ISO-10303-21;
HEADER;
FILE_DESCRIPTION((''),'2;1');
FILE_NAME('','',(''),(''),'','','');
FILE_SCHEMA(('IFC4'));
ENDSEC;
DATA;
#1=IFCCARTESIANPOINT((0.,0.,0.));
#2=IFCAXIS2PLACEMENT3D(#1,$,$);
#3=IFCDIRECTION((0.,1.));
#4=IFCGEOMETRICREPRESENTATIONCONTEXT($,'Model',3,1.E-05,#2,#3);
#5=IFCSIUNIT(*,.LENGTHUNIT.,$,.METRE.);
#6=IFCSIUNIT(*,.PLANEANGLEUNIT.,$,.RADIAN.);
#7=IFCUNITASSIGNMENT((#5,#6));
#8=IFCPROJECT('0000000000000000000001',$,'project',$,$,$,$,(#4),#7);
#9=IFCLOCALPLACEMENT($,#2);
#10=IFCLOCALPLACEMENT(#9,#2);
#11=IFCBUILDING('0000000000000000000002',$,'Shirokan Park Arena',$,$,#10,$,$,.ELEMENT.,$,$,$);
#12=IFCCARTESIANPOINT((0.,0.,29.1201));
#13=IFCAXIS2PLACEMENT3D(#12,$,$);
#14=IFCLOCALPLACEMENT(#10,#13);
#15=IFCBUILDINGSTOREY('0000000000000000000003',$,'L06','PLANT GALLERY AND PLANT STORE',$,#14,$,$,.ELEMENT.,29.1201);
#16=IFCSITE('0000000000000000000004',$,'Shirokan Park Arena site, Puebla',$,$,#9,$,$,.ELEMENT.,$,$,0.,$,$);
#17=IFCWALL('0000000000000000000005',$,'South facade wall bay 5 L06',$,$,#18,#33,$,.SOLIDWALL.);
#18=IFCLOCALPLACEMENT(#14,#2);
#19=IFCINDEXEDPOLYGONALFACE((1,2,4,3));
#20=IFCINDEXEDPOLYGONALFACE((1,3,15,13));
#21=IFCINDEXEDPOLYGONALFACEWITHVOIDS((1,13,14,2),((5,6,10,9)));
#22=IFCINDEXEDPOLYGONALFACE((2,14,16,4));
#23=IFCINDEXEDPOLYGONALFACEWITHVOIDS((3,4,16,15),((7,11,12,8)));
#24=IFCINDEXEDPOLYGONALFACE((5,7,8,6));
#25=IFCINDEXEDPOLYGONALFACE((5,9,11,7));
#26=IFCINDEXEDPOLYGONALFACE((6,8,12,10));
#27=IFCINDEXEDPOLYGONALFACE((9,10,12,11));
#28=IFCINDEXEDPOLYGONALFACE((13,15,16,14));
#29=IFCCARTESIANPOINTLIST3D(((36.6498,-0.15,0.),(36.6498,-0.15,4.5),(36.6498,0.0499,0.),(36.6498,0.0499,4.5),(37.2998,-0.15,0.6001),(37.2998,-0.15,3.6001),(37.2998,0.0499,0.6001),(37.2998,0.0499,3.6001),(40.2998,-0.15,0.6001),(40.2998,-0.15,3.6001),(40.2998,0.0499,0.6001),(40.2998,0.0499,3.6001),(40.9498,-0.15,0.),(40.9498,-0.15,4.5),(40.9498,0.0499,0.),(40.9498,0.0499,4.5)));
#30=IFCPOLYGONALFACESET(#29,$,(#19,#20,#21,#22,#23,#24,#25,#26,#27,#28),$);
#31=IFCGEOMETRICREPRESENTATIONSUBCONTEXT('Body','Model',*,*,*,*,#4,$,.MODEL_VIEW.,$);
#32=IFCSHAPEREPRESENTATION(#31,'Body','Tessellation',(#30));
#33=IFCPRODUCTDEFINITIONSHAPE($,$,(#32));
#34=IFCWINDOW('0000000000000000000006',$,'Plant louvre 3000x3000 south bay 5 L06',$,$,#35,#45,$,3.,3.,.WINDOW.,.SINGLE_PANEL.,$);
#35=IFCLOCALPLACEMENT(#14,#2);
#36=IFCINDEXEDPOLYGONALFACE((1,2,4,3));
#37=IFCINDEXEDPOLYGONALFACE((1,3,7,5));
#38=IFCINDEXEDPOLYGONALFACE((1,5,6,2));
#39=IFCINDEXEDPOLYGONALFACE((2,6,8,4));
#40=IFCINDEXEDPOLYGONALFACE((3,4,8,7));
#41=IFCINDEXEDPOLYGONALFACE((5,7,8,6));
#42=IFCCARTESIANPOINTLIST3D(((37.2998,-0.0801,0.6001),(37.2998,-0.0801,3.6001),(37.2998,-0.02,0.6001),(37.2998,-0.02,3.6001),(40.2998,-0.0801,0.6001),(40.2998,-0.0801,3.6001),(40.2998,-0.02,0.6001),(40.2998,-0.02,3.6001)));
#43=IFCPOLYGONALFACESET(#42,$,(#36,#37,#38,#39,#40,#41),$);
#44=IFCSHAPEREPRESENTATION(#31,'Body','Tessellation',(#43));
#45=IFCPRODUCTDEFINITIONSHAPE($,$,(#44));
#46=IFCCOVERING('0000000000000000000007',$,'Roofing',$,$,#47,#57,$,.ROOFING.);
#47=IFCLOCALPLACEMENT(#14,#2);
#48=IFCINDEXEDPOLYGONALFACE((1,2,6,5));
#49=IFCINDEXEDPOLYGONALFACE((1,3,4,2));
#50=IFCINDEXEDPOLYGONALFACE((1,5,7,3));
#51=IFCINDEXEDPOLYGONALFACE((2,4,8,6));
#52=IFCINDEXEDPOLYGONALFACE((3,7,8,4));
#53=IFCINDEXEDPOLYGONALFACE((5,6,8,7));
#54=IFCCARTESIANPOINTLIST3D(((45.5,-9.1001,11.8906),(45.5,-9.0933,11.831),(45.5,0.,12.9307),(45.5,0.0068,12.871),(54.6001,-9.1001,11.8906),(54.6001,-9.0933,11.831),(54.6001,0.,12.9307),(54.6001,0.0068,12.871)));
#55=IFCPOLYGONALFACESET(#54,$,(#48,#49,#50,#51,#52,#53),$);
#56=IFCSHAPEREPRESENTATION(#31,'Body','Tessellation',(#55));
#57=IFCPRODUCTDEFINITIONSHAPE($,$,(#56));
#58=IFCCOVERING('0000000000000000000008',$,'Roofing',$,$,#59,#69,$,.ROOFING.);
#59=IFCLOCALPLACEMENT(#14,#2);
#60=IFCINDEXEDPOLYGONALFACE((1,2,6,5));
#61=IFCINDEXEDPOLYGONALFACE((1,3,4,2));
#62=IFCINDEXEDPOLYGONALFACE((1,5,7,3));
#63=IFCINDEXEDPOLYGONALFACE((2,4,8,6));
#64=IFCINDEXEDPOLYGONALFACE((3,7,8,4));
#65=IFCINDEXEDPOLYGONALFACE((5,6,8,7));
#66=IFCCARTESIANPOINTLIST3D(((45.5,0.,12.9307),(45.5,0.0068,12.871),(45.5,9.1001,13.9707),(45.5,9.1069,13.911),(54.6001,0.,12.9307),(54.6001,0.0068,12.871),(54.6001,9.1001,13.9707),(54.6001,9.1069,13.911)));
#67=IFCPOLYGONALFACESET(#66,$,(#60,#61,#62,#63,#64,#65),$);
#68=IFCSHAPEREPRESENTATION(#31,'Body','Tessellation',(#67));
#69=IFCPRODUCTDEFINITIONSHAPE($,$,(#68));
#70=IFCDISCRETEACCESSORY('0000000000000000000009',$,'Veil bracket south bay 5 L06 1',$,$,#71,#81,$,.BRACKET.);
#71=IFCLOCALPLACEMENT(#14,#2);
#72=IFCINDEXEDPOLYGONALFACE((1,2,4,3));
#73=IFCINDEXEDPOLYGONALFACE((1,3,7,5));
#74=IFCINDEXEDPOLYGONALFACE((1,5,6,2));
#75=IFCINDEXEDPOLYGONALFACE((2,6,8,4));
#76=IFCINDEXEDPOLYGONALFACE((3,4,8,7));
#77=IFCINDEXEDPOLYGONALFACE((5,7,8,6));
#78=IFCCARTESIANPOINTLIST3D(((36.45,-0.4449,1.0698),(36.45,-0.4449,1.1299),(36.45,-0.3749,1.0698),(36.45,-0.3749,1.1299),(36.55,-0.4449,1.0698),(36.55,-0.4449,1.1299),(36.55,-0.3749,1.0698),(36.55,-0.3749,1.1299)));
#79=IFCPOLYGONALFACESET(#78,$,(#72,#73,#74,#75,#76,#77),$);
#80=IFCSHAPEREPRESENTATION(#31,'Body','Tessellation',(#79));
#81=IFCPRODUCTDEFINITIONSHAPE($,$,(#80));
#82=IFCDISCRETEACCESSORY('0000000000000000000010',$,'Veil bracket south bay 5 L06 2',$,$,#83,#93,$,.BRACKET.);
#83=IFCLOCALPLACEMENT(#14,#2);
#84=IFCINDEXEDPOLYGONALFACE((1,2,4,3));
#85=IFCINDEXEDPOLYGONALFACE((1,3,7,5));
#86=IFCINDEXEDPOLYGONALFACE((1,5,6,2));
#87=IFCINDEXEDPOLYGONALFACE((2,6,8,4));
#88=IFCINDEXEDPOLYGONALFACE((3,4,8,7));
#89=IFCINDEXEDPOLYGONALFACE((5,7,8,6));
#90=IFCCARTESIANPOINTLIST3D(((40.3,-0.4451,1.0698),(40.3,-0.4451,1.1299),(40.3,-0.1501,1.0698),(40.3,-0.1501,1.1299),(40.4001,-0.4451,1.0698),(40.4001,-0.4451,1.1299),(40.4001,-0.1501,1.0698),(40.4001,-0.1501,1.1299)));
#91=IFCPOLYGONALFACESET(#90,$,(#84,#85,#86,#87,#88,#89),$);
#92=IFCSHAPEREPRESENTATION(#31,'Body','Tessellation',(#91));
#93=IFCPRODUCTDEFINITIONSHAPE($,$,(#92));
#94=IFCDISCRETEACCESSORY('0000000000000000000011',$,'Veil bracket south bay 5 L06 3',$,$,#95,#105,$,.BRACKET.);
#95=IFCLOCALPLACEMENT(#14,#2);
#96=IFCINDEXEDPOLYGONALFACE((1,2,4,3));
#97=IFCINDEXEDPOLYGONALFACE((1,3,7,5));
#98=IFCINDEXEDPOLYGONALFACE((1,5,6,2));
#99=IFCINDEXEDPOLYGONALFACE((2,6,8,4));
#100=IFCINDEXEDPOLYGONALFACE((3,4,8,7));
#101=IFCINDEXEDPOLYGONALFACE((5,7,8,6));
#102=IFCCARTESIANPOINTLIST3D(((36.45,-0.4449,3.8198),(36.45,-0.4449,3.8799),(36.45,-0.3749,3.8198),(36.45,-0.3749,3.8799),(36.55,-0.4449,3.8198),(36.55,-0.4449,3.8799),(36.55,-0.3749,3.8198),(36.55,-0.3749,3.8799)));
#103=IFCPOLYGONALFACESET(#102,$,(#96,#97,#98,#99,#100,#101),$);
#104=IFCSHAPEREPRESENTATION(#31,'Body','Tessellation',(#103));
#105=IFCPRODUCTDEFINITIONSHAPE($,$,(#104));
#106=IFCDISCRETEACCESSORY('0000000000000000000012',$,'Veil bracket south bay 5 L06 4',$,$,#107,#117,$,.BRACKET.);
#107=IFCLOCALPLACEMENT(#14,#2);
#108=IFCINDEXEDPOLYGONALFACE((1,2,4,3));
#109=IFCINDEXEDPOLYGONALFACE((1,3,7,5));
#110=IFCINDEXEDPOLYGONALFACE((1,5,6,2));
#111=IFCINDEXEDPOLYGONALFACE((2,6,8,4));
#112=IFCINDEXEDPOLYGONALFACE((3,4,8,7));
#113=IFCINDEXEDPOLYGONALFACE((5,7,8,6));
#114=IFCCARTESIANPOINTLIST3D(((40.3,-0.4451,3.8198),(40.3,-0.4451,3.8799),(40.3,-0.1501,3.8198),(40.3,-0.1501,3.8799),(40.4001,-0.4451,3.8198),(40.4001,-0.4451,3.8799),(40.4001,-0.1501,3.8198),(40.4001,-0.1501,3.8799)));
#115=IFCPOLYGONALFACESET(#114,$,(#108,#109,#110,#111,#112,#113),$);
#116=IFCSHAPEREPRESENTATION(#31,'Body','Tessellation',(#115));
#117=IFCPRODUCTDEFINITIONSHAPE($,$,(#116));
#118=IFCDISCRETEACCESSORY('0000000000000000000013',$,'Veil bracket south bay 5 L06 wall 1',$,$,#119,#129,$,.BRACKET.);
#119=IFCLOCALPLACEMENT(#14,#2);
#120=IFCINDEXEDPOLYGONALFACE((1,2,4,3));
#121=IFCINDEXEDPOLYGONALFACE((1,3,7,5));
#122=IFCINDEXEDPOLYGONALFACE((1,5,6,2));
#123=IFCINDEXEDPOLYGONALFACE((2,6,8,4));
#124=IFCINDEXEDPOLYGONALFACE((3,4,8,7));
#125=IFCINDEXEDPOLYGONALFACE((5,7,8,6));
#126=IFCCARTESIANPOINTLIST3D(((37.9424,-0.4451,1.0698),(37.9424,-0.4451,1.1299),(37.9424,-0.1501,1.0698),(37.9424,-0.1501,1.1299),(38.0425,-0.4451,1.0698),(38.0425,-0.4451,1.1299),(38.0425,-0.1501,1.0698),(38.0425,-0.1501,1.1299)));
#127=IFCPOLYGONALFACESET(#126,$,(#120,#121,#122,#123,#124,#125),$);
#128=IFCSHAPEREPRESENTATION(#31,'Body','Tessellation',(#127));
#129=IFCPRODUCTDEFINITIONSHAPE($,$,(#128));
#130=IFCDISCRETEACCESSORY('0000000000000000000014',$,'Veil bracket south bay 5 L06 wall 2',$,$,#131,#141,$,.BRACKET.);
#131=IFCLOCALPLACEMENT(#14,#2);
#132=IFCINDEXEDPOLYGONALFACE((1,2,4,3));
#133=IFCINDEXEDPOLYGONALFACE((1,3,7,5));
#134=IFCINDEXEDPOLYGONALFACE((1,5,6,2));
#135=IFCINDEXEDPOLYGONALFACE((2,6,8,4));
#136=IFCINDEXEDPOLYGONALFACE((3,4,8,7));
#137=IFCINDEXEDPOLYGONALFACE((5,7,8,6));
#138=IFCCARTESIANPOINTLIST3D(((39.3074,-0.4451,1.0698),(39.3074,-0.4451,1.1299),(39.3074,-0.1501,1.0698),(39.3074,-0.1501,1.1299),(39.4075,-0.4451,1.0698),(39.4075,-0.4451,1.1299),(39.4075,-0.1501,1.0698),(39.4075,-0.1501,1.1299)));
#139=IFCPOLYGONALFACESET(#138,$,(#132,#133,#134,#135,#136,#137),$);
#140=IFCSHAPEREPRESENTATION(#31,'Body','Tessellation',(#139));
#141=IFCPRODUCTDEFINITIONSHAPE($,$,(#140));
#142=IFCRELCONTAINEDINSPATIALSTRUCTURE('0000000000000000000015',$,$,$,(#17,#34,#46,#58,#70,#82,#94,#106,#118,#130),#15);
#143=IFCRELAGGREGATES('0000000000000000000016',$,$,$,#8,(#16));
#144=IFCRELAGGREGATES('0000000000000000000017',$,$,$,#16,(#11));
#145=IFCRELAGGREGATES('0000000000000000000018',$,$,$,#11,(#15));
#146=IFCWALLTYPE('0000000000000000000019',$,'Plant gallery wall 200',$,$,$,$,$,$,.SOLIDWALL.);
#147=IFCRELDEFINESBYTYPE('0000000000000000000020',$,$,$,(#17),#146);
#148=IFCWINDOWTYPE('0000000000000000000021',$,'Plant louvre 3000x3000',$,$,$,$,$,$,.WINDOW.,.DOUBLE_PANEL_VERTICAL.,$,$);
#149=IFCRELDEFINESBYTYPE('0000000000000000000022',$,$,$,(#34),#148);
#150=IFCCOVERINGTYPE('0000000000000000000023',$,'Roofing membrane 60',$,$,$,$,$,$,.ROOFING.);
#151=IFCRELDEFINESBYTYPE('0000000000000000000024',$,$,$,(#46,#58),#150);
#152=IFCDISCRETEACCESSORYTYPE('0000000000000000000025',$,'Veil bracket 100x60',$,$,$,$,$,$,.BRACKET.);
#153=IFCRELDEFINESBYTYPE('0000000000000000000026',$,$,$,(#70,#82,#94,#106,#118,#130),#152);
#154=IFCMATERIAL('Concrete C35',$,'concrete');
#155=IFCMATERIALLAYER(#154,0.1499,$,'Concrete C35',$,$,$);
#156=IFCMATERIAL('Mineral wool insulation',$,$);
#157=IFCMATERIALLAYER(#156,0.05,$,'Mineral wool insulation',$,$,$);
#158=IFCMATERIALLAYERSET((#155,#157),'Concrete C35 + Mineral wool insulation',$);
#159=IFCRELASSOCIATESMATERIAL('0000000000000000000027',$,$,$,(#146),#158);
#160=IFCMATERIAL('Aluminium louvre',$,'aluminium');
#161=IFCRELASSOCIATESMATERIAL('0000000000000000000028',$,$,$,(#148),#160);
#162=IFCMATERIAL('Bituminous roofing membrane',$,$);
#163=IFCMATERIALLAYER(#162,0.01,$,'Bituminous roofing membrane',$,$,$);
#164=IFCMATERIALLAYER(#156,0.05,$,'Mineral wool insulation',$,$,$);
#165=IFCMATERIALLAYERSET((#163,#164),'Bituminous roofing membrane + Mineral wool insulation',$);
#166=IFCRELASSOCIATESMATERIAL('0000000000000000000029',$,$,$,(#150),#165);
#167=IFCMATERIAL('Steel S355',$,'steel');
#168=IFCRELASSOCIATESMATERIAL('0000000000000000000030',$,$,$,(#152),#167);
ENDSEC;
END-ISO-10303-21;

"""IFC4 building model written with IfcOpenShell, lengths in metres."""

from ifc_helpers import new_model, si_unit, direction, frame, frame_2d, origin, origin_2d, place, context, subcontext, project, spatial, polyline, rectangle, outline, extrude, material, layer, layer_set, type_object, element, fill, save


model = new_model("IFC4")

# Units and contexts
model_context = context("Model", 3, precision=1e-05, world=origin(), true_north=direction((0.0, 1.0)))
body_context = subcontext(model_context, "Body", "Model", "MODEL_VIEW")
ifc_project = project(units=[si_unit("LENGTHUNIT", "METRE"), si_unit("PLANEANGLEUNIT", "RADIAN")], contexts=[model_context])

# Site, building, storey
site_placement = place(None, origin())
site = spatial("IfcSite", under=ifc_project, at=site_placement, Name="Shirokan Park Arena site, Puebla", CompositionType="ELEMENT", RefElevation=0.0)
building_placement = place(site_placement, origin())
building = spatial("IfcBuilding", under=site, at=building_placement, Name="Shirokan Park Arena", CompositionType="ELEMENT")
storey_placement = place(building_placement, frame((0.0, 0.0, 29.1201)))
storey = spatial("IfcBuildingStorey", under=building, at=storey_placement, Name="L06", Description="PLANT GALLERY AND PLANT STORE", CompositionType="ELEMENT", Elevation=29.1201)

# Shared definitions
ifc_material_1 = material(Name="Concrete C35", Category="concrete")

# Wall, opening, window
ifc_layer_1 = layer(ifc_material_1, 0.1499, Name="Concrete C35")
ifc_material_2 = material(Name="Mineral wool insulation")
ifc_layer_2 = layer(ifc_material_2, 0.05, Name="Mineral wool insulation")
ifc_layer_set_1 = layer_set([ifc_layer_1, ifc_layer_2], Name="Concrete C35 + Mineral wool insulation")
wall_type = type_object("IfcWallType", Name="Plant gallery wall 200", PredefinedType="SOLIDWALL", material=ifc_layer_set_1)
wall_placement = place(storey_placement, frame((36.6499, -0.05, 0.0), z_axis=(0.0, 0.0, 1.0), x_axis=(1.0, 0.0, 0.0)))
wall = element("IfcWall", 1, at=wall_placement, inside=storey, type_object=wall_type, Name="South facade wall bay 5 L06", PredefinedType="SOLIDWALL", context=body_context, shape_type="SweptSolid", body=[
    extrude(rectangle(XDim=4.3, YDim=0.2, at=frame_2d((2.1499, 0.0))), origin(), (0.0, 0.0, 1.0), 4.5),
])
opening_placement = place(wall_placement, frame((0.6499, 0.0, 0.6001)))
opening = element("IfcOpeningElement", 2, at=opening_placement, cuts=wall, PredefinedType="OPENING", context=body_context, shape_type="SweptSolid", body=[
    extrude(rectangle(XDim=3.0, YDim=3.0, at=frame_2d((1.5, 1.5))), frame((0.0, 0.1099, 0.0), z_axis=(0.0, -1.0, 0.0), x_axis=(1.0, 0.0, 0.0)), (0.0, 0.0, 1.0), 0.22),
])
ifc_material_3 = material(Name="Aluminium louvre", Category="aluminium")
window_type = type_object("IfcWindowType", Name="Plant louvre 3000x3000", PartitioningType="DOUBLE_PANEL_VERTICAL", PredefinedType="WINDOW", material=ifc_material_3)
window_placement = place(opening_placement, origin())
window = element("IfcWindow", 3, at=window_placement, inside=storey, type_object=window_type, Name="Plant louvre 3000x3000 south bay 5 L06", OverallHeight=3.0, OverallWidth=3.0, PartitioningType="SINGLE_PANEL", PredefinedType="WINDOW", context=body_context, shape_type="SweptSolid", body=[
    extrude(rectangle(XDim=3.0, YDim=3.0, at=frame_2d((1.5, 1.5))), frame((0.0, 0.03, 0.0), z_axis=(0.0, -1.0, 0.0), x_axis=(1.0, 0.0, 0.0)), (0.0, 0.0, 1.0), 0.0601),
])
fill(opening, window)

# Coverings
ifc_material_4 = material(Name="Bituminous roofing membrane")
ifc_layer_3 = layer(ifc_material_4, 0.01, Name="Bituminous roofing membrane")
ifc_layer_4 = layer(ifc_material_2, 0.05, Name="Mineral wool insulation")
ifc_layer_set_2 = layer_set([ifc_layer_3, ifc_layer_4], Name="Bituminous roofing membrane + Mineral wool insulation")
covering_type = type_object("IfcCoveringType", Name="Roofing membrane 60", PredefinedType="ROOFING", material=ifc_layer_set_2)
for number, where, z_axis, x_axis, name in (
    (4, (45.5, -9.1001, 11.8906), (0.0, -0.11355, 0.993532), (1.0, 0.0, 0.0), "Roofing"),
    (5, (45.5, 0.0, 12.9307), (0.0, -0.11355, 0.993532), (1.0, 0.0, 0.0), "Roofing"),
):
    element("IfcCovering", number, at=place(storey_placement, frame(where, z_axis=z_axis, x_axis=x_axis)), inside=storey, type_object=covering_type, Name=name, PredefinedType="ROOFING", context=body_context, shape_type="SweptSolid", body=[
        extrude(outline(polyline([(0.0, 0.0), (9.1001, 0.0), (9.1001, 9.1593), (0.0, 9.1593), (0.0, 0.0)])), origin(), (0.0, 0.0, -1.0), 0.0601),
    ])

# Discrete accessories
ifc_material_5 = material(Name="Steel S355", Category="steel")
discrete_accessory_type = type_object("IfcDiscreteAccessoryType", Name="Veil bracket 100x60", PredefinedType="BRACKET", material=ifc_material_5)
discrete_accessory_1_placement = place(storey_placement, frame((36.5, -0.4099, 1.0698), z_axis=(0.0, 0.0, 1.0), x_axis=(1.0, 0.0, 0.0)))
element("IfcDiscreteAccessory", 6, at=discrete_accessory_1_placement, inside=storey, type_object=discrete_accessory_type, Name="Veil bracket south bay 5 L06 1", PredefinedType="BRACKET", context=body_context, shape_type="SweptSolid", body=[
    extrude(rectangle(XDim=0.1001, YDim=0.0701, at=origin_2d()), origin(), (0.0, 0.0, 1.0), 0.0601),
])
discrete_accessory_2_placement = place(storey_placement, frame((40.3501, -0.2976, 1.0698), z_axis=(0.0, 0.0, 1.0), x_axis=(1.0, 0.0, 0.0)))
element("IfcDiscreteAccessory", 7, at=discrete_accessory_2_placement, inside=storey, type_object=discrete_accessory_type, Name="Veil bracket south bay 5 L06 2", PredefinedType="BRACKET", context=body_context, shape_type="SweptSolid", body=[
    extrude(rectangle(XDim=0.1001, YDim=0.2949, at=origin_2d()), origin(), (0.0, 0.0, 1.0), 0.0601),
])
discrete_accessory_3_placement = place(storey_placement, frame((36.5, -0.4099, 3.8198), z_axis=(0.0, 0.0, 1.0), x_axis=(1.0, 0.0, 0.0)))
element("IfcDiscreteAccessory", 8, at=discrete_accessory_3_placement, inside=storey, type_object=discrete_accessory_type, Name="Veil bracket south bay 5 L06 3", PredefinedType="BRACKET", context=body_context, shape_type="SweptSolid", body=[
    extrude(rectangle(XDim=0.1001, YDim=0.0701, at=origin_2d()), origin(), (0.0, 0.0, 1.0), 0.0601),
])
for number, where, z_axis, x_axis, name in (
    (9, (40.3501, -0.2976, 3.8198), (0.0, 0.0, 1.0), (1.0, 0.0, 0.0), "Veil bracket south bay 5 L06 4"),
    (10, (37.9924, -0.2976, 1.0698), (0.0, 0.0, 1.0), (1.0, 0.0, 0.0), "Veil bracket south bay 5 L06 wall 1"),
    (11, (39.3574, -0.2976, 1.0698), (0.0, 0.0, 1.0), (1.0, 0.0, 0.0), "Veil bracket south bay 5 L06 wall 2"),
):
    element("IfcDiscreteAccessory", number, at=place(storey_placement, frame(where, z_axis=z_axis, x_axis=x_axis)), inside=storey, type_object=discrete_accessory_type, Name=name, PredefinedType="BRACKET", context=body_context, shape_type="SweptSolid", body=[
        extrude(rectangle(XDim=0.1001, YDim=0.2949, at=origin_2d()), origin(), (0.0, 0.0, 1.0), 0.0601),
    ])

save(model, "model.ifc")
